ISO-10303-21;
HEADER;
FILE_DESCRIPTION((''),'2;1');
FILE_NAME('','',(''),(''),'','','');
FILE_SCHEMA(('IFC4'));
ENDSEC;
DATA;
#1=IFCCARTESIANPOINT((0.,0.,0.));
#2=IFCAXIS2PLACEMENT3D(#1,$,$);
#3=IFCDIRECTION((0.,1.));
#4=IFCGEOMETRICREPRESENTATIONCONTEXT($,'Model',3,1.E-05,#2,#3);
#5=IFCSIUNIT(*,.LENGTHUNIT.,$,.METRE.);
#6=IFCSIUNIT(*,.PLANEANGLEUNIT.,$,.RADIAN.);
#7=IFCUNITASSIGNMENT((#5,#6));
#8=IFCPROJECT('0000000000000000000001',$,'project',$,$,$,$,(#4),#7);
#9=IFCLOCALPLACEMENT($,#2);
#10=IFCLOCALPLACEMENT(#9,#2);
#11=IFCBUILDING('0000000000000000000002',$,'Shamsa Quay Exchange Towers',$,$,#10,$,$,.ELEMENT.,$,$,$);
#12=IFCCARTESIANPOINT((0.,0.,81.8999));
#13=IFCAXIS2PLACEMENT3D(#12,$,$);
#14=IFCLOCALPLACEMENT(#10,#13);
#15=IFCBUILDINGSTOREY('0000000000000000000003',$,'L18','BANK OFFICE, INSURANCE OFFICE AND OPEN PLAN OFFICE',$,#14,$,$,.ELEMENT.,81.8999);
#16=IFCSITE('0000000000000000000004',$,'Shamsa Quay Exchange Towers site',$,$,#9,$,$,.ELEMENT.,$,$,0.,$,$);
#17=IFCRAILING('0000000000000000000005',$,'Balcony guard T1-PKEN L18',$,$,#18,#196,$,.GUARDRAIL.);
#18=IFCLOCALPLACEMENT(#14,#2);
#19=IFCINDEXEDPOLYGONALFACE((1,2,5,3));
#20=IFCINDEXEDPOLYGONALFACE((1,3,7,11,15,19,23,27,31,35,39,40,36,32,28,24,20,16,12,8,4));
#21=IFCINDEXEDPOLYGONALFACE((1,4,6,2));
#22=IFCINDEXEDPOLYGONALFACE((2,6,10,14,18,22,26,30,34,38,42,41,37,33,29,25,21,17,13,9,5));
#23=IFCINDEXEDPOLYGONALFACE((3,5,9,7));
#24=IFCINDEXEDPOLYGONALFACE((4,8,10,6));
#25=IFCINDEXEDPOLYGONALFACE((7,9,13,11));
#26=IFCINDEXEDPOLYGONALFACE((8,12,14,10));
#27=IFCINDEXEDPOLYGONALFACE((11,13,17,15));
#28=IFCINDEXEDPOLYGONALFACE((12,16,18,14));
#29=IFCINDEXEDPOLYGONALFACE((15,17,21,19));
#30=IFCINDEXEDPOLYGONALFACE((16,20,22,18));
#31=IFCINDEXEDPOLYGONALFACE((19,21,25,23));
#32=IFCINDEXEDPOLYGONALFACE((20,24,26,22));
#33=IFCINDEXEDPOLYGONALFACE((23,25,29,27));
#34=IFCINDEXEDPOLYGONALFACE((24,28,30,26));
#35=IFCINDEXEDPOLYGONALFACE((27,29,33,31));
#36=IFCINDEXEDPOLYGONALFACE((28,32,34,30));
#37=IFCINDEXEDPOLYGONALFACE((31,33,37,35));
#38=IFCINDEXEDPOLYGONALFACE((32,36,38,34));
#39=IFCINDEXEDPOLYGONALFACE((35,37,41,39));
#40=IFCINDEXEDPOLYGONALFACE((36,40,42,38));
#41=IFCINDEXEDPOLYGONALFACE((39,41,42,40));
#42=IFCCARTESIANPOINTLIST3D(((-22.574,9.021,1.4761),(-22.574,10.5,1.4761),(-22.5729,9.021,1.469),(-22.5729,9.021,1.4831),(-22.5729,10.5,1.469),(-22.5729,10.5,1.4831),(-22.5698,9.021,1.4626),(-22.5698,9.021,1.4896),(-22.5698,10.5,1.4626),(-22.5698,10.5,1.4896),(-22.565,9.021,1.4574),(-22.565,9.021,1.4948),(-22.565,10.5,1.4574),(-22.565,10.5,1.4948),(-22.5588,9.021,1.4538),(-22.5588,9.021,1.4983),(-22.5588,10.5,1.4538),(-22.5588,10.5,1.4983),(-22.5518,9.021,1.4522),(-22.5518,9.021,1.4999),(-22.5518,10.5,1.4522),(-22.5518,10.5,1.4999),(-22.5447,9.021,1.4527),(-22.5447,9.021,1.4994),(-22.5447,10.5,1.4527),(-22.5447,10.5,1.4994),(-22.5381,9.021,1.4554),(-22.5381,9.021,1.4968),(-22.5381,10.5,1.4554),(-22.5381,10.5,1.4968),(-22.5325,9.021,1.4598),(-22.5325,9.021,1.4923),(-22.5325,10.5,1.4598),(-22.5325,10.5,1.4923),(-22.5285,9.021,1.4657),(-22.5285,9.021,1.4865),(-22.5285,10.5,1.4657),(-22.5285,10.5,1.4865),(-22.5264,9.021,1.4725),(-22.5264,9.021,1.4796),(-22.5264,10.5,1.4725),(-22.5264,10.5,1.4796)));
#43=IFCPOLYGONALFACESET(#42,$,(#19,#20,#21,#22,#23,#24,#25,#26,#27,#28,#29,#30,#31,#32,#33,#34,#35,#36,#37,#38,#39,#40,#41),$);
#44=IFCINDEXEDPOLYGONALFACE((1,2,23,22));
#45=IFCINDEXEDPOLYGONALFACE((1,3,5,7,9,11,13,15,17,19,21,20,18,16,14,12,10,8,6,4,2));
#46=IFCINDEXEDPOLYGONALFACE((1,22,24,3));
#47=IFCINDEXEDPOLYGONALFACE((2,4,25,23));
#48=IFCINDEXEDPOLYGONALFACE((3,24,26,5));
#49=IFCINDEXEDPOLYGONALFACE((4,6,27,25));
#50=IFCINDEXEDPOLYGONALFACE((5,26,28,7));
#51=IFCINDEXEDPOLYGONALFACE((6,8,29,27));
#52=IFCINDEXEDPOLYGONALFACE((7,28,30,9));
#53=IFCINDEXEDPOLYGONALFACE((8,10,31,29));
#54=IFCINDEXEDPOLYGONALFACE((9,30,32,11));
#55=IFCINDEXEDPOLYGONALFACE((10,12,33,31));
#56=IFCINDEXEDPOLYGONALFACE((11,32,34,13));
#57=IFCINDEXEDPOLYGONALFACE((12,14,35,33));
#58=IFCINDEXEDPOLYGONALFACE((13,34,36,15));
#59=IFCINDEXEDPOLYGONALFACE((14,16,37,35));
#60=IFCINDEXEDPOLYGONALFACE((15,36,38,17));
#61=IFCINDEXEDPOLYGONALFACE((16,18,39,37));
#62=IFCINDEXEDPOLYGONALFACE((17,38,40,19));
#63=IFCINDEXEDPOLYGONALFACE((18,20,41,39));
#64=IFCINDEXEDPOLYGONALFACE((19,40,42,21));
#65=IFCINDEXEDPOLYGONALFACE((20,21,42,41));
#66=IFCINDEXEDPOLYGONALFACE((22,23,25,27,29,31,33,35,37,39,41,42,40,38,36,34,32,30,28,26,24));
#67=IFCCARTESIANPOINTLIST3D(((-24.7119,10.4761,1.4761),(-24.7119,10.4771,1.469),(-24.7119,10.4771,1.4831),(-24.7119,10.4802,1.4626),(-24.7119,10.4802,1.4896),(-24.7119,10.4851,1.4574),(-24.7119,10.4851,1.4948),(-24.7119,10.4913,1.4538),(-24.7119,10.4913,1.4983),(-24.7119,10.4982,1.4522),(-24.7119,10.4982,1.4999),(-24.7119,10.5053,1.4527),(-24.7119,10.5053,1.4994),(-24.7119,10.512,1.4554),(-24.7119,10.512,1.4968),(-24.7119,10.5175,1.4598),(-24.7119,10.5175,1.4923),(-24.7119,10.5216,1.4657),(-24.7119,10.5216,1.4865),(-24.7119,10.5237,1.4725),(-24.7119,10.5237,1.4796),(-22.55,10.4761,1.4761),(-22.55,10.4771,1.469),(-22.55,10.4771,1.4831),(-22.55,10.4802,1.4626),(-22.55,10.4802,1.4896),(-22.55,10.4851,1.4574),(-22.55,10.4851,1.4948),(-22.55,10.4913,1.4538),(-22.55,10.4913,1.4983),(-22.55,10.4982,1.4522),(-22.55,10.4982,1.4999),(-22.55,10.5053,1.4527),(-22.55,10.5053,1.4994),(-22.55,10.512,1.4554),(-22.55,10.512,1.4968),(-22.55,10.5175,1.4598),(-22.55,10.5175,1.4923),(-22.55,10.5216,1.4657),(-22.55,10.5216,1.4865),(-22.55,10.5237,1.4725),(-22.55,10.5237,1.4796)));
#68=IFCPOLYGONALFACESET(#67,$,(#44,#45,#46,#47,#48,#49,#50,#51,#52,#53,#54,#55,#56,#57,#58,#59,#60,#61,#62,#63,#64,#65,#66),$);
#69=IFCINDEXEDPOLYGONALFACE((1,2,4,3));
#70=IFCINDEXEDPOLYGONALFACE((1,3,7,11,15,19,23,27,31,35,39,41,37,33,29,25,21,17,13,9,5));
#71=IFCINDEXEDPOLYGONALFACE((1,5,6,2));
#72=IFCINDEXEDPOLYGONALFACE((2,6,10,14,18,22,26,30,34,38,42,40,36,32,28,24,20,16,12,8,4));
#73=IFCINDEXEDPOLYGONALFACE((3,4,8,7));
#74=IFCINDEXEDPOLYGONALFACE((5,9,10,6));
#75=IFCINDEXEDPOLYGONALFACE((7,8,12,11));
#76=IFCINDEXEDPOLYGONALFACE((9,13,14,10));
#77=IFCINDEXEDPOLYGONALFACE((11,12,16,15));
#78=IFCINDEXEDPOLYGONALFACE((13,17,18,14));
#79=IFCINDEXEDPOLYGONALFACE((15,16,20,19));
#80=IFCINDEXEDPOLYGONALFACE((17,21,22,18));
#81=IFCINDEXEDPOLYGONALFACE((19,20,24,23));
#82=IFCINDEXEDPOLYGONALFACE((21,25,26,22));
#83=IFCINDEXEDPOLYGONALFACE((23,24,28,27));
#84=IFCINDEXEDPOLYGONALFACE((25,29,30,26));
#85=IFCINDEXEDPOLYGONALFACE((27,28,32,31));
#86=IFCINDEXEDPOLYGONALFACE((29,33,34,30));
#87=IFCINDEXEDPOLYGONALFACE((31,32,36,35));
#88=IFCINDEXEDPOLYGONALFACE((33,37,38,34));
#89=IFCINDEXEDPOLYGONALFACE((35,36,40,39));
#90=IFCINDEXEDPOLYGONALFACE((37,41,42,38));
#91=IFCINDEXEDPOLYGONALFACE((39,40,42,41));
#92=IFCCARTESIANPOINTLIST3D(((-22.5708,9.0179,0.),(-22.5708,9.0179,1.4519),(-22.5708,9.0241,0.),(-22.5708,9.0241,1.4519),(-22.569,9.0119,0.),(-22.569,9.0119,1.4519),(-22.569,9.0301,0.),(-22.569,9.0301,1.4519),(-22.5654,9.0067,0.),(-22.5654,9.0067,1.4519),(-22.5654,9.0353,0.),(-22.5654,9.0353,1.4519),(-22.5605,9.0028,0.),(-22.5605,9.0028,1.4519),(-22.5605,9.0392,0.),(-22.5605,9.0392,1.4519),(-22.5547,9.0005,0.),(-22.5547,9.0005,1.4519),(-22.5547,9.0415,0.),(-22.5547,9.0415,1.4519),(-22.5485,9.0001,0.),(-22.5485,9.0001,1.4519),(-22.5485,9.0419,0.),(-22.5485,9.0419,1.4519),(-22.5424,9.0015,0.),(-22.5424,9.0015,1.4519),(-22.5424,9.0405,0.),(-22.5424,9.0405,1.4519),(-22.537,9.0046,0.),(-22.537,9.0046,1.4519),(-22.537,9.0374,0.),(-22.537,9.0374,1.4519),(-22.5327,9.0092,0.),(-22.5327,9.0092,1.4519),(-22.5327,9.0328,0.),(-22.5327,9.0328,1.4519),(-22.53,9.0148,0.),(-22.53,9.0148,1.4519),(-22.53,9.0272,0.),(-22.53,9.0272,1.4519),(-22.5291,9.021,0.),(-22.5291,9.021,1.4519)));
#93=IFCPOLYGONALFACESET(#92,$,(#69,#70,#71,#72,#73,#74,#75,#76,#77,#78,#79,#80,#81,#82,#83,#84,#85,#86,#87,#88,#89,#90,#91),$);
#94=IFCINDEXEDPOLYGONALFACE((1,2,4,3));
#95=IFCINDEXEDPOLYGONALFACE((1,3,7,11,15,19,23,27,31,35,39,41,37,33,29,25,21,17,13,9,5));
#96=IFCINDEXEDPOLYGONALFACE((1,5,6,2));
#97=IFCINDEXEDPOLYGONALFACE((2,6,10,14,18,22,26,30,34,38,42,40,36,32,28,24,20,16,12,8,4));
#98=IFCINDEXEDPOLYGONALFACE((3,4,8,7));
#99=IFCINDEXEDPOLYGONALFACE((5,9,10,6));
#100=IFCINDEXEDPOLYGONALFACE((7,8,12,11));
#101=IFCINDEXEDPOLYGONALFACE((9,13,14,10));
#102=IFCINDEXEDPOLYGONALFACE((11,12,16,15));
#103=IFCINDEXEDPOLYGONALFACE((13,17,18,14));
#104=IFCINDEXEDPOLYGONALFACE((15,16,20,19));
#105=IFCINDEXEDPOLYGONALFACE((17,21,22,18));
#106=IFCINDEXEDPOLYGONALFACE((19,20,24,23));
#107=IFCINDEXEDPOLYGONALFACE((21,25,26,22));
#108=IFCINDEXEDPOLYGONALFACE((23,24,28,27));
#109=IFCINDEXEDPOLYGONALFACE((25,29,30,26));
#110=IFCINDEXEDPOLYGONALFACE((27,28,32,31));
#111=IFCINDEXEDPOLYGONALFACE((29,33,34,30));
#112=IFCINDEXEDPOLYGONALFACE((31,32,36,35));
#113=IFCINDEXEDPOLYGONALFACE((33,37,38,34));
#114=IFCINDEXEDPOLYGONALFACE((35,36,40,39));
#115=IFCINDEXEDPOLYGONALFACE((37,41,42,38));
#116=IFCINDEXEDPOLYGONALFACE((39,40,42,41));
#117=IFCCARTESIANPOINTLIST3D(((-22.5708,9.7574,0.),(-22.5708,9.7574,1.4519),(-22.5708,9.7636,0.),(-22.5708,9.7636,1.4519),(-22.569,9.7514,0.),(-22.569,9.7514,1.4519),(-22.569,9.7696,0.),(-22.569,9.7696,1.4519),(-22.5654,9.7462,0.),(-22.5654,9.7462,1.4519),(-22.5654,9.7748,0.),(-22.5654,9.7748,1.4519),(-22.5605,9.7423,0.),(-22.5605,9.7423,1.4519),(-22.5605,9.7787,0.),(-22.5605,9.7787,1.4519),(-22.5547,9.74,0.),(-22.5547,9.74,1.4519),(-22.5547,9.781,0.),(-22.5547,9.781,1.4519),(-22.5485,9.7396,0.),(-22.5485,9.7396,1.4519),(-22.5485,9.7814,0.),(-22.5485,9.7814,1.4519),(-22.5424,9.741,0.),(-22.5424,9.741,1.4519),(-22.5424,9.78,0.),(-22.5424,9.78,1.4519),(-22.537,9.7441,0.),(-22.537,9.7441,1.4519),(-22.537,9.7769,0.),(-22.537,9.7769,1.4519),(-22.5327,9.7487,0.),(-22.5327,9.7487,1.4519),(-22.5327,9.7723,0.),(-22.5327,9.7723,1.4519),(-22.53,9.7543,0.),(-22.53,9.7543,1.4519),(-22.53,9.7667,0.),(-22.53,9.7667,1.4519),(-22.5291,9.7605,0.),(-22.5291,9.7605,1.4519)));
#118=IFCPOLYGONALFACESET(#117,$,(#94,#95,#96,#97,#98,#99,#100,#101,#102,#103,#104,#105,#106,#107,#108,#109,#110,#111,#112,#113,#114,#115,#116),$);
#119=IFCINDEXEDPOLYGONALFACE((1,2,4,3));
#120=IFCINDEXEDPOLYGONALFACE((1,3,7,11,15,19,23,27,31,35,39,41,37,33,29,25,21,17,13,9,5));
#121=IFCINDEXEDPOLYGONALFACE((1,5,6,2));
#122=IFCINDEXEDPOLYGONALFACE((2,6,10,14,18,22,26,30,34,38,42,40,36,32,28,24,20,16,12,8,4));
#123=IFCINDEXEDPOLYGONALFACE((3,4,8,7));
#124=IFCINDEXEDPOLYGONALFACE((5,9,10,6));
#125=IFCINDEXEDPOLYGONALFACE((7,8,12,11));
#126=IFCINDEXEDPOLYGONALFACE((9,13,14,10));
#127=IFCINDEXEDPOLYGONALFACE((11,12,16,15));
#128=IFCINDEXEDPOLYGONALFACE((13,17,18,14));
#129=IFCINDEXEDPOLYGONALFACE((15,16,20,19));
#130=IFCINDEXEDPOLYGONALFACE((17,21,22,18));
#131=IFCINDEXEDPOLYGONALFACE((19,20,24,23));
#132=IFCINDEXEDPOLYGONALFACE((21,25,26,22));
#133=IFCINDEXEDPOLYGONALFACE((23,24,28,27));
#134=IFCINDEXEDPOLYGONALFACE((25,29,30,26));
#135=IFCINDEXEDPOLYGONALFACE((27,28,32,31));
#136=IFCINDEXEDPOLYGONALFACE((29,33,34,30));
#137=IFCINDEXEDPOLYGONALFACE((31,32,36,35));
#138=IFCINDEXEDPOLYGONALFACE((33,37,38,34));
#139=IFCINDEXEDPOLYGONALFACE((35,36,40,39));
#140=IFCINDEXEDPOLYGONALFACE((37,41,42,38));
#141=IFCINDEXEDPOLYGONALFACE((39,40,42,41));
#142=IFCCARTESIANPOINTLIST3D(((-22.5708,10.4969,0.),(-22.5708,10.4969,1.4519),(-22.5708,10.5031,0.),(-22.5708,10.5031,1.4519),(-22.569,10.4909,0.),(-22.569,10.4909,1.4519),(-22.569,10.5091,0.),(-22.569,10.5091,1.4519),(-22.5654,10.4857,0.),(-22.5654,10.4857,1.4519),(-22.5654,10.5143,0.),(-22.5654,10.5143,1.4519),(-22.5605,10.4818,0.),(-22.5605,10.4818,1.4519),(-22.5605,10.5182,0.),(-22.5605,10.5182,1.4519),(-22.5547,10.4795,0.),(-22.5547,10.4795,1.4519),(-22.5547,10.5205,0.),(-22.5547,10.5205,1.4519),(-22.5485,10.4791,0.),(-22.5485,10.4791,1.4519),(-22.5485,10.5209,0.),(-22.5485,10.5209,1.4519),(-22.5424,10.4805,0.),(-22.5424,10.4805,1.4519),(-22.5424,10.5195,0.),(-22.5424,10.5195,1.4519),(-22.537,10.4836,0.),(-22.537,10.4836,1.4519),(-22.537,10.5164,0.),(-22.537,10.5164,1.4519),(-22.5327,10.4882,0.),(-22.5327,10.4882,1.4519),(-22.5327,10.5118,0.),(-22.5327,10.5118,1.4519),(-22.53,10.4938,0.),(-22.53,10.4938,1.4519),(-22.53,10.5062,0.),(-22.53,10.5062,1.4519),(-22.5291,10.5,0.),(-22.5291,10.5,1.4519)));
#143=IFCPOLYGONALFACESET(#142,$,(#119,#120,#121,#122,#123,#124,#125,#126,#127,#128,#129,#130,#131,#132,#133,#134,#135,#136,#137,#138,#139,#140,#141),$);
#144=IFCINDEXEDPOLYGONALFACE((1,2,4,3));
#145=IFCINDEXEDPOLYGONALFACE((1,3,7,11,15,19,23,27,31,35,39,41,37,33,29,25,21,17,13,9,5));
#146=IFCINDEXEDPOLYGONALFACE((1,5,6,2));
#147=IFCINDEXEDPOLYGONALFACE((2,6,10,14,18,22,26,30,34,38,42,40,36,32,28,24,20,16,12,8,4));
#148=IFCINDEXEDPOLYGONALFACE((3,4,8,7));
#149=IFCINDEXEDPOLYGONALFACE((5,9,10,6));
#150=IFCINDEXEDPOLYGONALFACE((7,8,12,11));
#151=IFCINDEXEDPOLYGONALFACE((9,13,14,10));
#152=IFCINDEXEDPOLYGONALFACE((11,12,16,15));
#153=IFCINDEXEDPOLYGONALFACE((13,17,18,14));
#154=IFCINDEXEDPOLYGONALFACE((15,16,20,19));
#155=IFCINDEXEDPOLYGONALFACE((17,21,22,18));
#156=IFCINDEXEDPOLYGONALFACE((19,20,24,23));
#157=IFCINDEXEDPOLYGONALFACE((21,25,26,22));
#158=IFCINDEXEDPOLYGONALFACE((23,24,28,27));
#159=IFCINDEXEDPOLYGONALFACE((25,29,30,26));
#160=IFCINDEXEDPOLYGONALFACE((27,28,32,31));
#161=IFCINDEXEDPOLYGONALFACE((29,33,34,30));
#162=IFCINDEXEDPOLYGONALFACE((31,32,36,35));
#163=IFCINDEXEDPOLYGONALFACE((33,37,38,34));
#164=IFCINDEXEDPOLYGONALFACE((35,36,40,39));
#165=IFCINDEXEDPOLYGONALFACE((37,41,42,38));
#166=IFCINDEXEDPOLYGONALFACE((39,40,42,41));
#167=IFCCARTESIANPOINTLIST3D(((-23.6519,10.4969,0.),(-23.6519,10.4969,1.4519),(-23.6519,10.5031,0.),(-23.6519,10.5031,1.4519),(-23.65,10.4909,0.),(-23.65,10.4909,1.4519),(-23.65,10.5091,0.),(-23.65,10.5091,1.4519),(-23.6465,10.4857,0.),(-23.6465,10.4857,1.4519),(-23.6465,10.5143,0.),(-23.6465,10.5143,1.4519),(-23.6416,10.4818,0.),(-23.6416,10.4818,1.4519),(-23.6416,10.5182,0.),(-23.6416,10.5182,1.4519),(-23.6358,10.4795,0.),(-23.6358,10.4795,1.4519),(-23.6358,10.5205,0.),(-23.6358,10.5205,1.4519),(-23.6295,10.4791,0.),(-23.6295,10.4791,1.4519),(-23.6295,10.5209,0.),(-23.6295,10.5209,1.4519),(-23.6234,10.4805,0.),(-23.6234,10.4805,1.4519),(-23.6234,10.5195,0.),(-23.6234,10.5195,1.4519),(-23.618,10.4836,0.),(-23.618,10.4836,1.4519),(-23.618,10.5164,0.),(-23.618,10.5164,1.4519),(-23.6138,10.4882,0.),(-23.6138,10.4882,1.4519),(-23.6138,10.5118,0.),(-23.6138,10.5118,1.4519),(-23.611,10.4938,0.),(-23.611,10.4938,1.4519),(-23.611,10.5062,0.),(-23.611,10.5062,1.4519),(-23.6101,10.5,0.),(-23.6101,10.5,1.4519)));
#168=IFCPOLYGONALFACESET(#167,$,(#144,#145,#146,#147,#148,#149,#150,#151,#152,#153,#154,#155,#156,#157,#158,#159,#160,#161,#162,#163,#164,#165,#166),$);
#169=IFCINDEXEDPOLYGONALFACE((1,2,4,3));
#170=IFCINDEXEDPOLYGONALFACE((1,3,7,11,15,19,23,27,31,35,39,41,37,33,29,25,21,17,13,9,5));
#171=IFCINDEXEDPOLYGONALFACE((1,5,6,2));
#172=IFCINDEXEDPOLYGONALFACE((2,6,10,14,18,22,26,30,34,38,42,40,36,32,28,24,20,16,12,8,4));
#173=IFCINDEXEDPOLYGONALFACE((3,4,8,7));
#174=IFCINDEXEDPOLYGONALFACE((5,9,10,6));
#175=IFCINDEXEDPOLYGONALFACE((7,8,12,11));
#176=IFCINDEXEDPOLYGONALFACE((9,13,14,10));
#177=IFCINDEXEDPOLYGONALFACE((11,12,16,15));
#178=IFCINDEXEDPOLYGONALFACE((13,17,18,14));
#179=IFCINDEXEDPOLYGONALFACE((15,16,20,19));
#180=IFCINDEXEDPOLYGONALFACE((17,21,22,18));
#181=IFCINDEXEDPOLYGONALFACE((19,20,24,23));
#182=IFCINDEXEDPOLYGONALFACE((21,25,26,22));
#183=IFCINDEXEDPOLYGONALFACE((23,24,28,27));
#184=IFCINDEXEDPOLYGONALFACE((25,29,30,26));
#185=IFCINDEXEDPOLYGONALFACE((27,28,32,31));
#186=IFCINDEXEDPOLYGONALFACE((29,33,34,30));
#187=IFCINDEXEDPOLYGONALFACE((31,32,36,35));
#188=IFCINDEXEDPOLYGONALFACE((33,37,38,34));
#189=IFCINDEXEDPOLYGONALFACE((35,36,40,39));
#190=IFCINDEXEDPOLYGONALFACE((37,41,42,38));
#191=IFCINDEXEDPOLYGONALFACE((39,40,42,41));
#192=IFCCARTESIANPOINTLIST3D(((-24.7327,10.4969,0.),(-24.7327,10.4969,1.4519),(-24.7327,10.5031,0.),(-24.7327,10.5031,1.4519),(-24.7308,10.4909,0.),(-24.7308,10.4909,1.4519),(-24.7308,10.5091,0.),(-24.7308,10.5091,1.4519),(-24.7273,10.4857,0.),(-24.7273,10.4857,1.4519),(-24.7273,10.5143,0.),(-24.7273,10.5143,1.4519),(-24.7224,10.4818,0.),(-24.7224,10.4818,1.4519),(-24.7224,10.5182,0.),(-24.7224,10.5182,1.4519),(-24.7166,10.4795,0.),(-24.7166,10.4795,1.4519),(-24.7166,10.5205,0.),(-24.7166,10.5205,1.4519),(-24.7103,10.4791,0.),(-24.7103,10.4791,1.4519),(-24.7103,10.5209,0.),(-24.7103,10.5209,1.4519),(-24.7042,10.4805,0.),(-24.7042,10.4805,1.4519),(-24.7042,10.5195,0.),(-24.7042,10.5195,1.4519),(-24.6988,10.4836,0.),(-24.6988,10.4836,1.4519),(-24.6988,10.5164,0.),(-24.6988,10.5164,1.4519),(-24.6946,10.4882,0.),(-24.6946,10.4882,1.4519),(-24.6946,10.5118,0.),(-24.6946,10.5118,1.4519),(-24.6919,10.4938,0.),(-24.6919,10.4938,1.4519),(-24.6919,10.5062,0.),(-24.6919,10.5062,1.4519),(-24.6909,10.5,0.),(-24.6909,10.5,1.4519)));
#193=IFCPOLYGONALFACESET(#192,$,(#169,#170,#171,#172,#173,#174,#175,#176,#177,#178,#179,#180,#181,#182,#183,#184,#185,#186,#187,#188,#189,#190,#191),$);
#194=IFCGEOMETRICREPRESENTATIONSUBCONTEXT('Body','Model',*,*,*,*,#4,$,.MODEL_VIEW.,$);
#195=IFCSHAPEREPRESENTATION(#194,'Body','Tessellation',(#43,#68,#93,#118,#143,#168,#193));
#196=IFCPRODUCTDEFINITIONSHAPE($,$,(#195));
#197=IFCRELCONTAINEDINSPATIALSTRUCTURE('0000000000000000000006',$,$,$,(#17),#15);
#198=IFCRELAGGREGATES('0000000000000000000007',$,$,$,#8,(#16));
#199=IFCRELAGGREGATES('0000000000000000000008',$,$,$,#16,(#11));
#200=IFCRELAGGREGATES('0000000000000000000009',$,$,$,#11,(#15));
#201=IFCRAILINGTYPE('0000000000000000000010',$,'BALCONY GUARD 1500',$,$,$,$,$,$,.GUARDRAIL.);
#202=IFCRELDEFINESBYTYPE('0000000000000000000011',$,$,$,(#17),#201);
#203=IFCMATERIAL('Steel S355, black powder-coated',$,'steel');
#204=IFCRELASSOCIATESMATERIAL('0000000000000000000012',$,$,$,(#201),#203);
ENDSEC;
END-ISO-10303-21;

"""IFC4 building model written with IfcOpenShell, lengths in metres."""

from ifc_helpers import new_model, si_unit, direction, frame, origin, origin_2d, place, context, subcontext, project, spatial, circle, extrude, material, type_object, element, save


model = new_model("IFC4")

# Units and contexts
model_context = context("Model", 3, precision=1e-05, world=origin(), true_north=direction((0.0, 1.0)))
body_context = subcontext(model_context, "Body", "Model", "MODEL_VIEW")
ifc_project = project(units=[si_unit("LENGTHUNIT", "METRE"), si_unit("PLANEANGLEUNIT", "RADIAN")], contexts=[model_context])

# Site, building, storey
site_placement = place(None, origin())
site = spatial("IfcSite", under=ifc_project, at=site_placement, Name="Shamsa Quay Exchange Towers site", CompositionType="ELEMENT", RefElevation=0.0)
building_placement = place(site_placement, origin())
building = spatial("IfcBuilding", under=site, at=building_placement, Name="Shamsa Quay Exchange Towers", CompositionType="ELEMENT")
storey_placement = place(building_placement, frame((0.0, 0.0, 81.8999)))
storey = spatial("IfcBuildingStorey", under=building, at=storey_placement, Name="L18", Description="BANK OFFICE, INSURANCE OFFICE AND OPEN PLAN OFFICE", CompositionType="ELEMENT", Elevation=81.8999)

# Railing
ifc_material_1 = material(Name="Steel S355, black powder-coated", Category="steel")
railing_type = type_object("IfcRailingType", Name="BALCONY GUARD 1500", PredefinedType="GUARDRAIL", material=ifc_material_1)
for number, where, name in (
    (1, (-22.55, 9.021, 0.0), "Balcony guard T1-PKEN L18"),
):
    element("IfcRailing", number, at=place(storey_placement, frame(where)), inside=storey, type_object=railing_type, Name=name, PredefinedType="GUARDRAIL", context=body_context, shape_type="SweptSolid", body=[
        extrude(circle(Radius=0.0239, at=origin_2d()), frame((0.0, 0.0, 1.4761), z_axis=(0.0, 1.0, 0.0), x_axis=(-1.0, 0.0, 0.0)), (0.0, 0.0, 1.0), 1.479),
        extrude(circle(Radius=0.0239, at=origin_2d()), frame((0.0, 1.479, 1.4761), z_axis=(-1.0, 0.0, 0.0), x_axis=(0.0, -1.0, 0.0)), (0.0, 0.0, 1.0), 2.1619),
        extrude(circle(Radius=0.021, at=origin_2d()), origin(), (0.0, 0.0, 1.0), 1.4519),
        extrude(circle(Radius=0.021, at=origin_2d()), frame((0.0, 0.7395, 0.0)), (0.0, 0.0, 1.0), 1.4519),
        extrude(circle(Radius=0.021, at=origin_2d()), frame((0.0, 1.479, 0.0)), (0.0, 0.0, 1.0), 1.4519),
        extrude(circle(Radius=0.021, at=origin_2d()), frame((-1.0811, 1.479, 0.0)), (0.0, 0.0, 1.0), 1.4519),
        extrude(circle(Radius=0.021, at=origin_2d()), frame((-2.1619, 1.479, 0.0)), (0.0, 0.0, 1.0), 1.4519),
    ])

save(model, "model.ifc")
